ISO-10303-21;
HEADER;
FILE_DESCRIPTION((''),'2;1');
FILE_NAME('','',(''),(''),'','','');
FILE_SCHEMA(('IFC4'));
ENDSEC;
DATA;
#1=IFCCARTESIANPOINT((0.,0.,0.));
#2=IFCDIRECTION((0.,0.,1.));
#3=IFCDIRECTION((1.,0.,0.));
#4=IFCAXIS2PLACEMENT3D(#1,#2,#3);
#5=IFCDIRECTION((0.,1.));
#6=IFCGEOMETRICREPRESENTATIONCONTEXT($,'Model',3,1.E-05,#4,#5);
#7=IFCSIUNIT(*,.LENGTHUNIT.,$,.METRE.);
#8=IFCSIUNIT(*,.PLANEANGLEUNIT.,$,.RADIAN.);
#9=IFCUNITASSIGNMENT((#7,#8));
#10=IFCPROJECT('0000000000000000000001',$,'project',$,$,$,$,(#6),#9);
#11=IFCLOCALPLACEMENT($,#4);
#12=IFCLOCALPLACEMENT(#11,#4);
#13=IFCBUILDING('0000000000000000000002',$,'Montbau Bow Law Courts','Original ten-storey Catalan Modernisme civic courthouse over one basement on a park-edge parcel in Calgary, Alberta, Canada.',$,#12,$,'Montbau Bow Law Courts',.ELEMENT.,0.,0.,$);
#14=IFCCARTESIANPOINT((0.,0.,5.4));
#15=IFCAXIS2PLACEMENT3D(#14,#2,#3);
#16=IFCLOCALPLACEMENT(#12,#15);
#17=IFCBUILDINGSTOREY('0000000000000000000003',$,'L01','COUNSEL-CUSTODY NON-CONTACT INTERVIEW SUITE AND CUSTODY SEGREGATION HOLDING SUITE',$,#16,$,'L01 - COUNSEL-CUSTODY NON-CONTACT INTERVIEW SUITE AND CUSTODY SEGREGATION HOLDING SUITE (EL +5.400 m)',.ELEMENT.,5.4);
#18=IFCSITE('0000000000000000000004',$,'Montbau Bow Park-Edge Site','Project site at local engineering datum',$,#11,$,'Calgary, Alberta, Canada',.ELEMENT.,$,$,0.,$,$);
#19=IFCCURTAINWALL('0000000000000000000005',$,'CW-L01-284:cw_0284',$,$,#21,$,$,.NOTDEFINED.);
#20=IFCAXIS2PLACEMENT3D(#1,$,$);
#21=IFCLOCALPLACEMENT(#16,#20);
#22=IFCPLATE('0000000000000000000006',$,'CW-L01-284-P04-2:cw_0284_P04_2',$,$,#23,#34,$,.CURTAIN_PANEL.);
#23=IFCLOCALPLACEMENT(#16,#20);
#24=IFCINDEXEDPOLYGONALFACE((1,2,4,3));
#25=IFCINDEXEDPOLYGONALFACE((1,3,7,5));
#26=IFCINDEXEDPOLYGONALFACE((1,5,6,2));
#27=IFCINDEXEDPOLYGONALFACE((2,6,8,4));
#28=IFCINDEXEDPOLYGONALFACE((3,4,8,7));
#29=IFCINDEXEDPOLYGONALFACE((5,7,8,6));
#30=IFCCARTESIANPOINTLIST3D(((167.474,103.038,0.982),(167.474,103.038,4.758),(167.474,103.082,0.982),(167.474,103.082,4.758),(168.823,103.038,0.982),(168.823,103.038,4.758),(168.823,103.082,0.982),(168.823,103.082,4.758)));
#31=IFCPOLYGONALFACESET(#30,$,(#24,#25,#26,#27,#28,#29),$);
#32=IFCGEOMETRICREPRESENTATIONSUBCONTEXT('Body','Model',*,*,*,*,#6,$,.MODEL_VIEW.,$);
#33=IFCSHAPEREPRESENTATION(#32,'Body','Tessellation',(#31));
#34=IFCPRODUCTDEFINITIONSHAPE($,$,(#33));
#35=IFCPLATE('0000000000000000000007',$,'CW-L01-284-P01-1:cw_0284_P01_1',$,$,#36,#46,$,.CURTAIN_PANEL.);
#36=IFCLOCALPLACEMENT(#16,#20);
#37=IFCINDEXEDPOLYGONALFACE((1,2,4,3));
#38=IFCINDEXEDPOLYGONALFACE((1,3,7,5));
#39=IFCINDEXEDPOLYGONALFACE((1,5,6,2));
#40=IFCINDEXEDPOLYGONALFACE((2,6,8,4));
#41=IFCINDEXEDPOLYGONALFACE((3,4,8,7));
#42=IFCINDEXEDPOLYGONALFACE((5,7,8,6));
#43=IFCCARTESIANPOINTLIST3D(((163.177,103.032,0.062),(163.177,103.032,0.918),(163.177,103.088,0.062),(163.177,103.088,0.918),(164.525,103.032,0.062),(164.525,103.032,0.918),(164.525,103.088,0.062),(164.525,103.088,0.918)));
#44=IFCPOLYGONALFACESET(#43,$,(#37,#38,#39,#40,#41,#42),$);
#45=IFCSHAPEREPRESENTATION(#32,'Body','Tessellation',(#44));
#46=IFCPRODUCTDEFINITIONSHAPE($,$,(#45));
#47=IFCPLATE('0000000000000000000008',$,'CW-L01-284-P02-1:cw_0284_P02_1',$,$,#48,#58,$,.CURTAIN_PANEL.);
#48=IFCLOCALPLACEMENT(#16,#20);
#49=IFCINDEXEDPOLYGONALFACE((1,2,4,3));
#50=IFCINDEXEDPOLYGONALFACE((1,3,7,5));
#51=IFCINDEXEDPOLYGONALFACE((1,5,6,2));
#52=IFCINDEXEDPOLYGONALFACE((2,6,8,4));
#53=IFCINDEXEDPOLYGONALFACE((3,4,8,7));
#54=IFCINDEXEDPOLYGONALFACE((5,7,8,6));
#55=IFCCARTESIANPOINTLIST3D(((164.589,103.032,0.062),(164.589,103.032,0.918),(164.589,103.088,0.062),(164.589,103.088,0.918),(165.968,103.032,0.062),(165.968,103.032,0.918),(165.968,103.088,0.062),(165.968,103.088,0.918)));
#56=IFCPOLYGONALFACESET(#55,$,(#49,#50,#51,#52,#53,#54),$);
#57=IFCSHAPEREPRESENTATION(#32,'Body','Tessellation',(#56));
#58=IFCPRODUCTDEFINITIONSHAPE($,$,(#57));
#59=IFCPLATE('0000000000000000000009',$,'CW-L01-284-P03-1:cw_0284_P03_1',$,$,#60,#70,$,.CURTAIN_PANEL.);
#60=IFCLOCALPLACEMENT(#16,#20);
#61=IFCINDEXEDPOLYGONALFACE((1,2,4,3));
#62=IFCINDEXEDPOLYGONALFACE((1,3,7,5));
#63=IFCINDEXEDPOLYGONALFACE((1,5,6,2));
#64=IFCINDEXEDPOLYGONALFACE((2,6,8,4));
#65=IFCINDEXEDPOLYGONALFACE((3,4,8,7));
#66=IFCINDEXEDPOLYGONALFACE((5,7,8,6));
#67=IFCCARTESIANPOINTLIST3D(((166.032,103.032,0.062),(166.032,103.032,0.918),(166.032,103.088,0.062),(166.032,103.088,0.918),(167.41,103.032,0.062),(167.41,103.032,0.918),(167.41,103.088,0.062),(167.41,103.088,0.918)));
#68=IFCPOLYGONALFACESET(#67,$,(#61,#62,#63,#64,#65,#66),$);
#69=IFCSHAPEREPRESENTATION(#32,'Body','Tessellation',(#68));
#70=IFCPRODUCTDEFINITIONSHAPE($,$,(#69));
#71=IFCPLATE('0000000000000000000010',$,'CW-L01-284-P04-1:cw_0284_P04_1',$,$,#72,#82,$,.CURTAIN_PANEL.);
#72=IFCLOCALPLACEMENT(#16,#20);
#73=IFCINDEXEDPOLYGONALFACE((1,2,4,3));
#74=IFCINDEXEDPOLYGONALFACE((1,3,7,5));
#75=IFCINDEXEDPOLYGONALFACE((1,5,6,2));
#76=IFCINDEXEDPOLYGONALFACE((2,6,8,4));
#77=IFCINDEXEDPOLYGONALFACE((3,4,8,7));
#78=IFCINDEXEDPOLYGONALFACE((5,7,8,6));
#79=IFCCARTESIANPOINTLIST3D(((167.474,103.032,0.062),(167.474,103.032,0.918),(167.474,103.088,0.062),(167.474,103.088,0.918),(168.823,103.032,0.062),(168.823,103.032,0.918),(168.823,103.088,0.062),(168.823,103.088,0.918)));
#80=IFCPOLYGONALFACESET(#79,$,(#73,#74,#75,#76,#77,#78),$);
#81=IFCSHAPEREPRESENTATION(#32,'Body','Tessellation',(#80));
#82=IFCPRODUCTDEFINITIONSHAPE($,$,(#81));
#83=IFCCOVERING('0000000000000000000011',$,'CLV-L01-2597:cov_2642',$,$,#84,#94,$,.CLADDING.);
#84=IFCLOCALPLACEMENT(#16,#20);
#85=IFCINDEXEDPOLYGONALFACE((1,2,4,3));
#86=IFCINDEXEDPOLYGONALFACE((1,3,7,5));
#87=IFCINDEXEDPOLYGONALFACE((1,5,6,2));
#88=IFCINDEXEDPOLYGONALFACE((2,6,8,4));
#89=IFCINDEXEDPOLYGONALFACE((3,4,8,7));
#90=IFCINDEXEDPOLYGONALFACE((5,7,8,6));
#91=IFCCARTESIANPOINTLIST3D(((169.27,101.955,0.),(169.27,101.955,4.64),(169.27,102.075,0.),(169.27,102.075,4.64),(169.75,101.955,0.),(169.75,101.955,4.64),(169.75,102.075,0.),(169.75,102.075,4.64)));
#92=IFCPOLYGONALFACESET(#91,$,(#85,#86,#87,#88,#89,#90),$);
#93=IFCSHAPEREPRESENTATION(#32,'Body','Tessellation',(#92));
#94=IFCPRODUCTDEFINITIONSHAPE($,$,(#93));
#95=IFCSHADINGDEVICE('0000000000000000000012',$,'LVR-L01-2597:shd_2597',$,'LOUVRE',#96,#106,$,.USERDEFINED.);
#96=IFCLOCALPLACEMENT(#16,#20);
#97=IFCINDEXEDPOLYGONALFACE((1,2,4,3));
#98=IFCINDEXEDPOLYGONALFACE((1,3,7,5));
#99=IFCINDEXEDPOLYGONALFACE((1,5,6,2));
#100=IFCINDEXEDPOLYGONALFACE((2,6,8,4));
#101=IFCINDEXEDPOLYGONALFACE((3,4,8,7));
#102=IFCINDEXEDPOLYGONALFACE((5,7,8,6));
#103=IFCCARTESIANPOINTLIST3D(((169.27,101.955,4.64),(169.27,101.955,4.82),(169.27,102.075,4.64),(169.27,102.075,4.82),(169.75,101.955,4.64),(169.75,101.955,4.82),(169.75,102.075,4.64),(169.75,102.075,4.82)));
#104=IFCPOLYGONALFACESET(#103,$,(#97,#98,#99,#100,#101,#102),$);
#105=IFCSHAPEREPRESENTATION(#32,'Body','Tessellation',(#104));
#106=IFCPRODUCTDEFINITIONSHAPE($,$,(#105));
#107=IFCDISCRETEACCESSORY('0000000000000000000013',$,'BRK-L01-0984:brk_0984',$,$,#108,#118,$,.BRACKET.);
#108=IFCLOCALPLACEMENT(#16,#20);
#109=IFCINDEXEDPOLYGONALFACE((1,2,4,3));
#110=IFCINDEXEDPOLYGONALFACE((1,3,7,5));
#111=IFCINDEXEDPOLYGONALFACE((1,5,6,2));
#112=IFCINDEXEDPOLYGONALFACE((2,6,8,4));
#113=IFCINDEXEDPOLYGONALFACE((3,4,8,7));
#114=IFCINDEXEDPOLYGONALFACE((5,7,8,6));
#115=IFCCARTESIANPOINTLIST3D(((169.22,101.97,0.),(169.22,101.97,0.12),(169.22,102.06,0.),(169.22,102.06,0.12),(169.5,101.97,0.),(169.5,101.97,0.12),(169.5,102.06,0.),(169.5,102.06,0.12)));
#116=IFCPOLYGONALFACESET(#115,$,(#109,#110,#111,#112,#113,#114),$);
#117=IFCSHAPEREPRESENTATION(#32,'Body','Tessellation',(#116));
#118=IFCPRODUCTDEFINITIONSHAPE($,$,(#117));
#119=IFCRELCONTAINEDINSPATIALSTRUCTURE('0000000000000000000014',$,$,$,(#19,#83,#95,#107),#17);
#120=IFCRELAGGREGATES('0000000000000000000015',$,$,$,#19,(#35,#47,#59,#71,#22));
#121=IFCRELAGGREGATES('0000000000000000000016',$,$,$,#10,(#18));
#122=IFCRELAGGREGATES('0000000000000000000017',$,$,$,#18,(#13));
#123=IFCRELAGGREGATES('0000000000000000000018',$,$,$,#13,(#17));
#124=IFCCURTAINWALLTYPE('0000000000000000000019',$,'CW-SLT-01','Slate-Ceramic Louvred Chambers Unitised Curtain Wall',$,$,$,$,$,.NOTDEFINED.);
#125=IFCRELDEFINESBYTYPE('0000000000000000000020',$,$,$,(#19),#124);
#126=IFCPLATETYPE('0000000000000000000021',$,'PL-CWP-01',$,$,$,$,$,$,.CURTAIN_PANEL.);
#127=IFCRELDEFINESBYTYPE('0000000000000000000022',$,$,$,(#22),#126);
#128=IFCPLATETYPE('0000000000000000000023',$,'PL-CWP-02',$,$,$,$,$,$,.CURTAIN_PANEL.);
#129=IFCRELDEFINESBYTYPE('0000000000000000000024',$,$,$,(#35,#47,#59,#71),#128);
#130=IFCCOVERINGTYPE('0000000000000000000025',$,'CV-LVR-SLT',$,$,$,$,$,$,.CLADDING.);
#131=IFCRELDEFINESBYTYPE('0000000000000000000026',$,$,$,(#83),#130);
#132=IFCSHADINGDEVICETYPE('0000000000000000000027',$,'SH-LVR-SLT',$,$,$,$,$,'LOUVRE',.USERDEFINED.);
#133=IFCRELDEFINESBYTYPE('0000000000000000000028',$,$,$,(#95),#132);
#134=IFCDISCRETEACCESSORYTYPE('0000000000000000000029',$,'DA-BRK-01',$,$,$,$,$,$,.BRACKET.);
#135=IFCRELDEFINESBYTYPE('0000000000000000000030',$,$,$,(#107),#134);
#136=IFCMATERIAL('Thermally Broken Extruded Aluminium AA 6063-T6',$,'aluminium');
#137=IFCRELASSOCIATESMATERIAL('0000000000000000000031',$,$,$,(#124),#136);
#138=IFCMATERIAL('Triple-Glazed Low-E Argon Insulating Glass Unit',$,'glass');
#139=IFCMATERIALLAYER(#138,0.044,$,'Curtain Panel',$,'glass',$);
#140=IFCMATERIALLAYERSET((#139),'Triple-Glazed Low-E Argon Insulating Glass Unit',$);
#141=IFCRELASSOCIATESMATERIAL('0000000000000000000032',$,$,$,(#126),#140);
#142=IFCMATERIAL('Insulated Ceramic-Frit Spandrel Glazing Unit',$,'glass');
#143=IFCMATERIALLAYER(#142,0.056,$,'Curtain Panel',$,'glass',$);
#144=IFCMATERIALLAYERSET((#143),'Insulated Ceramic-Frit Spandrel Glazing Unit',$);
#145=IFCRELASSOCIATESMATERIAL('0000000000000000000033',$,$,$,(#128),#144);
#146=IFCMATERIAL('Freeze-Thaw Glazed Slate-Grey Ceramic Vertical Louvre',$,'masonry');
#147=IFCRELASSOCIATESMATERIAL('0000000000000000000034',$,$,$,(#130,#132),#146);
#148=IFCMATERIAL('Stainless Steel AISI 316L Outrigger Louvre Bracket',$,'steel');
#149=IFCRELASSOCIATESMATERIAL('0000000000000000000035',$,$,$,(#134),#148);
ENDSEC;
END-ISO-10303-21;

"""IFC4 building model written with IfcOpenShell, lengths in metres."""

from ifc_helpers import new_model, si_unit, direction, frame, frame_2d, origin_with_axes, origin_2d_with_axis, place, context, subcontext, project, spatial, rectangle, extrude, material, layer, layer_set, type_object, element, aggregate, save


model = new_model("IFC4")

# Units and contexts
model_context = context("Model", 3, precision=1e-05, world=origin_with_axes(), true_north=direction((0.0, 1.0)))
body_context = subcontext(model_context, "Body", "Model", "MODEL_VIEW")
ifc_project = project(units=[si_unit("LENGTHUNIT", "METRE"), si_unit("PLANEANGLEUNIT", "RADIAN")], contexts=[model_context])

# Site, building, storey
site_placement = place(None, origin_with_axes())
site = spatial("IfcSite", under=ifc_project, at=site_placement, Name="Montbau Bow Park-Edge Site", Description="Project site at local engineering datum", LongName="Calgary, Alberta, Canada", CompositionType="ELEMENT", RefElevation=0.0)
building_placement = place(site_placement, origin_with_axes())
building = spatial("IfcBuilding", under=site, at=building_placement, Name="Montbau Bow Law Courts", Description="Original ten-storey Catalan Modernisme civic courthouse over one basement on a park-edge parcel in Calgary, Alberta, Canada.", LongName="Montbau Bow Law Courts", CompositionType="ELEMENT", ElevationOfRefHeight=0.0, ElevationOfTerrain=0.0)
storey_placement = place(building_placement, frame((0.0, 0.0, 5.4), z_axis=(0.0, 0.0, 1.0), x_axis=(1.0, 0.0, 0.0)))
storey = spatial("IfcBuildingStorey", under=building, at=storey_placement, Name="L01", Description="COUNSEL-CUSTODY NON-CONTACT INTERVIEW SUITE AND CUSTODY SEGREGATION HOLDING SUITE", LongName="L01 - COUNSEL-CUSTODY NON-CONTACT INTERVIEW SUITE AND CUSTODY SEGREGATION HOLDING SUITE (EL +5.400 m)", CompositionType="ELEMENT", Elevation=5.4)

# Shared definitions
ifc_material_1 = material(Name="Thermally Broken Extruded Aluminium AA 6063-T6", Category="aluminium")
curtain_wall_type = type_object("IfcCurtainWallType", Name="CW-SLT-01", Description="Slate-Ceramic Louvred Chambers Unitised Curtain Wall", PredefinedType="NOTDEFINED", material=ifc_material_1)

# Curtain wall
curtain_wall_1_placement = place(None, frame((163.115, 103.06, 5.4), z_axis=(0.0, 0.0, 1.0), x_axis=(1.0, 0.0, 0.0)))
curtain_wall_1 = element("IfcCurtainWall", 1, at=curtain_wall_1_placement, inside=storey, type_object=curtain_wall_type, Name="CW-L01-284:cw_0284", PredefinedType="NOTDEFINED")

# Plates
ifc_material_2 = material(Name="Triple-Glazed Low-E Argon Insulating Glass Unit", Category="glass")
ifc_layer_1 = layer(ifc_material_2, 0.044, Name="Curtain Panel", Category="glass")
ifc_layer_set_1 = layer_set([ifc_layer_1], Name="Triple-Glazed Low-E Argon Insulating Glass Unit")
plate_type_1 = type_object("IfcPlateType", Name="PL-CWP-01", PredefinedType="CURTAIN_PANEL", material=ifc_layer_set_1)
plate_1_placement = place(None, frame((167.474, 103.06, 6.382), z_axis=(0.0, -1.0, 0.0), x_axis=(1.0, 0.0, 0.0)))
plate_1 = element("IfcPlate", 2, at=plate_1_placement, type_object=plate_type_1, Name="CW-L01-284-P04-2:cw_0284_P04_2", PredefinedType="CURTAIN_PANEL", context=body_context, shape_type="SweptSolid", body=[
    extrude(rectangle(XDim=1.349, YDim=3.776, at=frame_2d((0.6745, 1.888), x_axis=(1.0, 0.0))), frame((0.0, 0.0, -0.022), z_axis=(0.0, 0.0, 1.0), x_axis=(1.0, 0.0, 0.0)), (0.0, 0.0, 1.0), 0.044),
])
ifc_material_3 = material(Name="Insulated Ceramic-Frit Spandrel Glazing Unit", Category="glass")
ifc_layer_2 = layer(ifc_material_3, 0.056, Name="Curtain Panel", Category="glass")
ifc_layer_set_2 = layer_set([ifc_layer_2], Name="Insulated Ceramic-Frit Spandrel Glazing Unit")
plate_type_2 = type_object("IfcPlateType", Name="PL-CWP-02", PredefinedType="CURTAIN_PANEL", material=ifc_layer_set_2)
plate_2_placement = place(None, frame((163.177, 103.06, 5.462), z_axis=(0.0, -1.0, 0.0), x_axis=(1.0, 0.0, 0.0)))
plate_2 = element("IfcPlate", 3, at=plate_2_placement, type_object=plate_type_2, Name="CW-L01-284-P01-1:cw_0284_P01_1", PredefinedType="CURTAIN_PANEL", context=body_context, shape_type="SweptSolid", body=[
    extrude(rectangle(XDim=1.348, YDim=0.856, at=frame_2d((0.674, 0.428), x_axis=(1.0, 0.0))), frame((0.0, 0.0, -0.028), z_axis=(0.0, 0.0, 1.0), x_axis=(1.0, 0.0, 0.0)), (0.0, 0.0, 1.0), 0.056),
])
plate_3_placement = place(None, frame((164.589, 103.06, 5.462), z_axis=(0.0, -1.0, 0.0), x_axis=(1.0, 0.0, 0.0)))
plate_3 = element("IfcPlate", 4, at=plate_3_placement, type_object=plate_type_2, Name="CW-L01-284-P02-1:cw_0284_P02_1", PredefinedType="CURTAIN_PANEL", context=body_context, shape_type="SweptSolid", body=[
    extrude(rectangle(XDim=1.379, YDim=0.856, at=frame_2d((0.6895, 0.428), x_axis=(1.0, 0.0))), frame((0.0, 0.0, -0.028), z_axis=(0.0, 0.0, 1.0), x_axis=(1.0, 0.0, 0.0)), (0.0, 0.0, 1.0), 0.056),
])
plate_4_placement = place(None, frame((166.032, 103.06, 5.462), z_axis=(0.0, -1.0, 0.0), x_axis=(1.0, 0.0, 0.0)))
plate_4 = element("IfcPlate", 5, at=plate_4_placement, type_object=plate_type_2, Name="CW-L01-284-P03-1:cw_0284_P03_1", PredefinedType="CURTAIN_PANEL", context=body_context, shape_type="SweptSolid", body=[
    extrude(rectangle(XDim=1.378, YDim=0.856, at=frame_2d((0.689, 0.428), x_axis=(1.0, 0.0))), frame((0.0, 0.0, -0.028), z_axis=(0.0, 0.0, 1.0), x_axis=(1.0, 0.0, 0.0)), (0.0, 0.0, 1.0), 0.056),
])
plate_5_placement = place(None, frame((167.474, 103.06, 5.462), z_axis=(0.0, -1.0, 0.0), x_axis=(1.0, 0.0, 0.0)))
plate_5 = element("IfcPlate", 6, at=plate_5_placement, type_object=plate_type_2, Name="CW-L01-284-P04-1:cw_0284_P04_1", PredefinedType="CURTAIN_PANEL", context=body_context, shape_type="SweptSolid", body=[
    extrude(rectangle(XDim=1.349, YDim=0.856, at=frame_2d((0.6745, 0.428), x_axis=(1.0, 0.0))), frame((0.0, 0.0, -0.028), z_axis=(0.0, 0.0, 1.0), x_axis=(1.0, 0.0, 0.0)), (0.0, 0.0, 1.0), 0.056),
])
aggregate(curtain_wall_1, [plate_2, plate_3, plate_4, plate_5, plate_1])

# Covering
ifc_material_4 = material(Name="Freeze-Thaw Glazed Slate-Grey Ceramic Vertical Louvre", Category="masonry")
covering_type = type_object("IfcCoveringType", Name="CV-LVR-SLT", PredefinedType="CLADDING", material=ifc_material_4)
covering_placement = place(None, frame((169.27, 102.015, 5.4), z_axis=(0.0, -1.0, 0.0), x_axis=(1.0, 0.0, 0.0)))
element("IfcCovering", 7, at=covering_placement, inside=storey, type_object=covering_type, Name="CLV-L01-2597:cov_2642", PredefinedType="CLADDING", context=body_context, shape_type="SweptSolid", body=[
    extrude(rectangle(XDim=0.48, YDim=4.64, at=frame_2d((0.24, 2.32), x_axis=(1.0, 0.0))), frame((0.0, 0.0, -0.06), z_axis=(0.0, 0.0, 1.0), x_axis=(1.0, 0.0, 0.0)), (0.0, 0.0, 1.0), 0.12),
])

# Shading device
shading_device_type = type_object("IfcShadingDeviceType", Name="SH-LVR-SLT", ElementType="LOUVRE", PredefinedType="USERDEFINED", material=ifc_material_4)
shading_device_placement = place(None, frame((169.51, 102.015, 10.04), z_axis=(0.0, 0.0, 1.0), x_axis=(1.0, 0.0, 0.0)))
element("IfcShadingDevice", 8, at=shading_device_placement, inside=storey, type_object=shading_device_type, Name="LVR-L01-2597:shd_2597", ObjectType="LOUVRE", PredefinedType="USERDEFINED", context=body_context, shape_type="SweptSolid", body=[
    extrude(rectangle(XDim=0.48, YDim=0.12, at=origin_2d_with_axis()), origin_with_axes(), (0.0, 0.0, 1.0), 0.18),
])

# Discrete accessory
ifc_material_5 = material(Name="Stainless Steel AISI 316L Outrigger Louvre Bracket", Category="steel")
discrete_accessory_type = type_object("IfcDiscreteAccessoryType", Name="DA-BRK-01", PredefinedType="BRACKET", material=ifc_material_5)
discrete_accessory_placement = place(None, frame((169.36, 102.015, 5.4), z_axis=(0.0, 0.0, 1.0), x_axis=(1.0, 0.0, 0.0)))
element("IfcDiscreteAccessory", 9, at=discrete_accessory_placement, inside=storey, type_object=discrete_accessory_type, Name="BRK-L01-0984:brk_0984", PredefinedType="BRACKET", context=body_context, shape_type="SweptSolid", body=[
    extrude(rectangle(XDim=0.28, YDim=0.09, at=origin_2d_with_axis()), origin_with_axes(), (0.0, 0.0, 1.0), 0.12),
])

save(model, "model.ifc")
